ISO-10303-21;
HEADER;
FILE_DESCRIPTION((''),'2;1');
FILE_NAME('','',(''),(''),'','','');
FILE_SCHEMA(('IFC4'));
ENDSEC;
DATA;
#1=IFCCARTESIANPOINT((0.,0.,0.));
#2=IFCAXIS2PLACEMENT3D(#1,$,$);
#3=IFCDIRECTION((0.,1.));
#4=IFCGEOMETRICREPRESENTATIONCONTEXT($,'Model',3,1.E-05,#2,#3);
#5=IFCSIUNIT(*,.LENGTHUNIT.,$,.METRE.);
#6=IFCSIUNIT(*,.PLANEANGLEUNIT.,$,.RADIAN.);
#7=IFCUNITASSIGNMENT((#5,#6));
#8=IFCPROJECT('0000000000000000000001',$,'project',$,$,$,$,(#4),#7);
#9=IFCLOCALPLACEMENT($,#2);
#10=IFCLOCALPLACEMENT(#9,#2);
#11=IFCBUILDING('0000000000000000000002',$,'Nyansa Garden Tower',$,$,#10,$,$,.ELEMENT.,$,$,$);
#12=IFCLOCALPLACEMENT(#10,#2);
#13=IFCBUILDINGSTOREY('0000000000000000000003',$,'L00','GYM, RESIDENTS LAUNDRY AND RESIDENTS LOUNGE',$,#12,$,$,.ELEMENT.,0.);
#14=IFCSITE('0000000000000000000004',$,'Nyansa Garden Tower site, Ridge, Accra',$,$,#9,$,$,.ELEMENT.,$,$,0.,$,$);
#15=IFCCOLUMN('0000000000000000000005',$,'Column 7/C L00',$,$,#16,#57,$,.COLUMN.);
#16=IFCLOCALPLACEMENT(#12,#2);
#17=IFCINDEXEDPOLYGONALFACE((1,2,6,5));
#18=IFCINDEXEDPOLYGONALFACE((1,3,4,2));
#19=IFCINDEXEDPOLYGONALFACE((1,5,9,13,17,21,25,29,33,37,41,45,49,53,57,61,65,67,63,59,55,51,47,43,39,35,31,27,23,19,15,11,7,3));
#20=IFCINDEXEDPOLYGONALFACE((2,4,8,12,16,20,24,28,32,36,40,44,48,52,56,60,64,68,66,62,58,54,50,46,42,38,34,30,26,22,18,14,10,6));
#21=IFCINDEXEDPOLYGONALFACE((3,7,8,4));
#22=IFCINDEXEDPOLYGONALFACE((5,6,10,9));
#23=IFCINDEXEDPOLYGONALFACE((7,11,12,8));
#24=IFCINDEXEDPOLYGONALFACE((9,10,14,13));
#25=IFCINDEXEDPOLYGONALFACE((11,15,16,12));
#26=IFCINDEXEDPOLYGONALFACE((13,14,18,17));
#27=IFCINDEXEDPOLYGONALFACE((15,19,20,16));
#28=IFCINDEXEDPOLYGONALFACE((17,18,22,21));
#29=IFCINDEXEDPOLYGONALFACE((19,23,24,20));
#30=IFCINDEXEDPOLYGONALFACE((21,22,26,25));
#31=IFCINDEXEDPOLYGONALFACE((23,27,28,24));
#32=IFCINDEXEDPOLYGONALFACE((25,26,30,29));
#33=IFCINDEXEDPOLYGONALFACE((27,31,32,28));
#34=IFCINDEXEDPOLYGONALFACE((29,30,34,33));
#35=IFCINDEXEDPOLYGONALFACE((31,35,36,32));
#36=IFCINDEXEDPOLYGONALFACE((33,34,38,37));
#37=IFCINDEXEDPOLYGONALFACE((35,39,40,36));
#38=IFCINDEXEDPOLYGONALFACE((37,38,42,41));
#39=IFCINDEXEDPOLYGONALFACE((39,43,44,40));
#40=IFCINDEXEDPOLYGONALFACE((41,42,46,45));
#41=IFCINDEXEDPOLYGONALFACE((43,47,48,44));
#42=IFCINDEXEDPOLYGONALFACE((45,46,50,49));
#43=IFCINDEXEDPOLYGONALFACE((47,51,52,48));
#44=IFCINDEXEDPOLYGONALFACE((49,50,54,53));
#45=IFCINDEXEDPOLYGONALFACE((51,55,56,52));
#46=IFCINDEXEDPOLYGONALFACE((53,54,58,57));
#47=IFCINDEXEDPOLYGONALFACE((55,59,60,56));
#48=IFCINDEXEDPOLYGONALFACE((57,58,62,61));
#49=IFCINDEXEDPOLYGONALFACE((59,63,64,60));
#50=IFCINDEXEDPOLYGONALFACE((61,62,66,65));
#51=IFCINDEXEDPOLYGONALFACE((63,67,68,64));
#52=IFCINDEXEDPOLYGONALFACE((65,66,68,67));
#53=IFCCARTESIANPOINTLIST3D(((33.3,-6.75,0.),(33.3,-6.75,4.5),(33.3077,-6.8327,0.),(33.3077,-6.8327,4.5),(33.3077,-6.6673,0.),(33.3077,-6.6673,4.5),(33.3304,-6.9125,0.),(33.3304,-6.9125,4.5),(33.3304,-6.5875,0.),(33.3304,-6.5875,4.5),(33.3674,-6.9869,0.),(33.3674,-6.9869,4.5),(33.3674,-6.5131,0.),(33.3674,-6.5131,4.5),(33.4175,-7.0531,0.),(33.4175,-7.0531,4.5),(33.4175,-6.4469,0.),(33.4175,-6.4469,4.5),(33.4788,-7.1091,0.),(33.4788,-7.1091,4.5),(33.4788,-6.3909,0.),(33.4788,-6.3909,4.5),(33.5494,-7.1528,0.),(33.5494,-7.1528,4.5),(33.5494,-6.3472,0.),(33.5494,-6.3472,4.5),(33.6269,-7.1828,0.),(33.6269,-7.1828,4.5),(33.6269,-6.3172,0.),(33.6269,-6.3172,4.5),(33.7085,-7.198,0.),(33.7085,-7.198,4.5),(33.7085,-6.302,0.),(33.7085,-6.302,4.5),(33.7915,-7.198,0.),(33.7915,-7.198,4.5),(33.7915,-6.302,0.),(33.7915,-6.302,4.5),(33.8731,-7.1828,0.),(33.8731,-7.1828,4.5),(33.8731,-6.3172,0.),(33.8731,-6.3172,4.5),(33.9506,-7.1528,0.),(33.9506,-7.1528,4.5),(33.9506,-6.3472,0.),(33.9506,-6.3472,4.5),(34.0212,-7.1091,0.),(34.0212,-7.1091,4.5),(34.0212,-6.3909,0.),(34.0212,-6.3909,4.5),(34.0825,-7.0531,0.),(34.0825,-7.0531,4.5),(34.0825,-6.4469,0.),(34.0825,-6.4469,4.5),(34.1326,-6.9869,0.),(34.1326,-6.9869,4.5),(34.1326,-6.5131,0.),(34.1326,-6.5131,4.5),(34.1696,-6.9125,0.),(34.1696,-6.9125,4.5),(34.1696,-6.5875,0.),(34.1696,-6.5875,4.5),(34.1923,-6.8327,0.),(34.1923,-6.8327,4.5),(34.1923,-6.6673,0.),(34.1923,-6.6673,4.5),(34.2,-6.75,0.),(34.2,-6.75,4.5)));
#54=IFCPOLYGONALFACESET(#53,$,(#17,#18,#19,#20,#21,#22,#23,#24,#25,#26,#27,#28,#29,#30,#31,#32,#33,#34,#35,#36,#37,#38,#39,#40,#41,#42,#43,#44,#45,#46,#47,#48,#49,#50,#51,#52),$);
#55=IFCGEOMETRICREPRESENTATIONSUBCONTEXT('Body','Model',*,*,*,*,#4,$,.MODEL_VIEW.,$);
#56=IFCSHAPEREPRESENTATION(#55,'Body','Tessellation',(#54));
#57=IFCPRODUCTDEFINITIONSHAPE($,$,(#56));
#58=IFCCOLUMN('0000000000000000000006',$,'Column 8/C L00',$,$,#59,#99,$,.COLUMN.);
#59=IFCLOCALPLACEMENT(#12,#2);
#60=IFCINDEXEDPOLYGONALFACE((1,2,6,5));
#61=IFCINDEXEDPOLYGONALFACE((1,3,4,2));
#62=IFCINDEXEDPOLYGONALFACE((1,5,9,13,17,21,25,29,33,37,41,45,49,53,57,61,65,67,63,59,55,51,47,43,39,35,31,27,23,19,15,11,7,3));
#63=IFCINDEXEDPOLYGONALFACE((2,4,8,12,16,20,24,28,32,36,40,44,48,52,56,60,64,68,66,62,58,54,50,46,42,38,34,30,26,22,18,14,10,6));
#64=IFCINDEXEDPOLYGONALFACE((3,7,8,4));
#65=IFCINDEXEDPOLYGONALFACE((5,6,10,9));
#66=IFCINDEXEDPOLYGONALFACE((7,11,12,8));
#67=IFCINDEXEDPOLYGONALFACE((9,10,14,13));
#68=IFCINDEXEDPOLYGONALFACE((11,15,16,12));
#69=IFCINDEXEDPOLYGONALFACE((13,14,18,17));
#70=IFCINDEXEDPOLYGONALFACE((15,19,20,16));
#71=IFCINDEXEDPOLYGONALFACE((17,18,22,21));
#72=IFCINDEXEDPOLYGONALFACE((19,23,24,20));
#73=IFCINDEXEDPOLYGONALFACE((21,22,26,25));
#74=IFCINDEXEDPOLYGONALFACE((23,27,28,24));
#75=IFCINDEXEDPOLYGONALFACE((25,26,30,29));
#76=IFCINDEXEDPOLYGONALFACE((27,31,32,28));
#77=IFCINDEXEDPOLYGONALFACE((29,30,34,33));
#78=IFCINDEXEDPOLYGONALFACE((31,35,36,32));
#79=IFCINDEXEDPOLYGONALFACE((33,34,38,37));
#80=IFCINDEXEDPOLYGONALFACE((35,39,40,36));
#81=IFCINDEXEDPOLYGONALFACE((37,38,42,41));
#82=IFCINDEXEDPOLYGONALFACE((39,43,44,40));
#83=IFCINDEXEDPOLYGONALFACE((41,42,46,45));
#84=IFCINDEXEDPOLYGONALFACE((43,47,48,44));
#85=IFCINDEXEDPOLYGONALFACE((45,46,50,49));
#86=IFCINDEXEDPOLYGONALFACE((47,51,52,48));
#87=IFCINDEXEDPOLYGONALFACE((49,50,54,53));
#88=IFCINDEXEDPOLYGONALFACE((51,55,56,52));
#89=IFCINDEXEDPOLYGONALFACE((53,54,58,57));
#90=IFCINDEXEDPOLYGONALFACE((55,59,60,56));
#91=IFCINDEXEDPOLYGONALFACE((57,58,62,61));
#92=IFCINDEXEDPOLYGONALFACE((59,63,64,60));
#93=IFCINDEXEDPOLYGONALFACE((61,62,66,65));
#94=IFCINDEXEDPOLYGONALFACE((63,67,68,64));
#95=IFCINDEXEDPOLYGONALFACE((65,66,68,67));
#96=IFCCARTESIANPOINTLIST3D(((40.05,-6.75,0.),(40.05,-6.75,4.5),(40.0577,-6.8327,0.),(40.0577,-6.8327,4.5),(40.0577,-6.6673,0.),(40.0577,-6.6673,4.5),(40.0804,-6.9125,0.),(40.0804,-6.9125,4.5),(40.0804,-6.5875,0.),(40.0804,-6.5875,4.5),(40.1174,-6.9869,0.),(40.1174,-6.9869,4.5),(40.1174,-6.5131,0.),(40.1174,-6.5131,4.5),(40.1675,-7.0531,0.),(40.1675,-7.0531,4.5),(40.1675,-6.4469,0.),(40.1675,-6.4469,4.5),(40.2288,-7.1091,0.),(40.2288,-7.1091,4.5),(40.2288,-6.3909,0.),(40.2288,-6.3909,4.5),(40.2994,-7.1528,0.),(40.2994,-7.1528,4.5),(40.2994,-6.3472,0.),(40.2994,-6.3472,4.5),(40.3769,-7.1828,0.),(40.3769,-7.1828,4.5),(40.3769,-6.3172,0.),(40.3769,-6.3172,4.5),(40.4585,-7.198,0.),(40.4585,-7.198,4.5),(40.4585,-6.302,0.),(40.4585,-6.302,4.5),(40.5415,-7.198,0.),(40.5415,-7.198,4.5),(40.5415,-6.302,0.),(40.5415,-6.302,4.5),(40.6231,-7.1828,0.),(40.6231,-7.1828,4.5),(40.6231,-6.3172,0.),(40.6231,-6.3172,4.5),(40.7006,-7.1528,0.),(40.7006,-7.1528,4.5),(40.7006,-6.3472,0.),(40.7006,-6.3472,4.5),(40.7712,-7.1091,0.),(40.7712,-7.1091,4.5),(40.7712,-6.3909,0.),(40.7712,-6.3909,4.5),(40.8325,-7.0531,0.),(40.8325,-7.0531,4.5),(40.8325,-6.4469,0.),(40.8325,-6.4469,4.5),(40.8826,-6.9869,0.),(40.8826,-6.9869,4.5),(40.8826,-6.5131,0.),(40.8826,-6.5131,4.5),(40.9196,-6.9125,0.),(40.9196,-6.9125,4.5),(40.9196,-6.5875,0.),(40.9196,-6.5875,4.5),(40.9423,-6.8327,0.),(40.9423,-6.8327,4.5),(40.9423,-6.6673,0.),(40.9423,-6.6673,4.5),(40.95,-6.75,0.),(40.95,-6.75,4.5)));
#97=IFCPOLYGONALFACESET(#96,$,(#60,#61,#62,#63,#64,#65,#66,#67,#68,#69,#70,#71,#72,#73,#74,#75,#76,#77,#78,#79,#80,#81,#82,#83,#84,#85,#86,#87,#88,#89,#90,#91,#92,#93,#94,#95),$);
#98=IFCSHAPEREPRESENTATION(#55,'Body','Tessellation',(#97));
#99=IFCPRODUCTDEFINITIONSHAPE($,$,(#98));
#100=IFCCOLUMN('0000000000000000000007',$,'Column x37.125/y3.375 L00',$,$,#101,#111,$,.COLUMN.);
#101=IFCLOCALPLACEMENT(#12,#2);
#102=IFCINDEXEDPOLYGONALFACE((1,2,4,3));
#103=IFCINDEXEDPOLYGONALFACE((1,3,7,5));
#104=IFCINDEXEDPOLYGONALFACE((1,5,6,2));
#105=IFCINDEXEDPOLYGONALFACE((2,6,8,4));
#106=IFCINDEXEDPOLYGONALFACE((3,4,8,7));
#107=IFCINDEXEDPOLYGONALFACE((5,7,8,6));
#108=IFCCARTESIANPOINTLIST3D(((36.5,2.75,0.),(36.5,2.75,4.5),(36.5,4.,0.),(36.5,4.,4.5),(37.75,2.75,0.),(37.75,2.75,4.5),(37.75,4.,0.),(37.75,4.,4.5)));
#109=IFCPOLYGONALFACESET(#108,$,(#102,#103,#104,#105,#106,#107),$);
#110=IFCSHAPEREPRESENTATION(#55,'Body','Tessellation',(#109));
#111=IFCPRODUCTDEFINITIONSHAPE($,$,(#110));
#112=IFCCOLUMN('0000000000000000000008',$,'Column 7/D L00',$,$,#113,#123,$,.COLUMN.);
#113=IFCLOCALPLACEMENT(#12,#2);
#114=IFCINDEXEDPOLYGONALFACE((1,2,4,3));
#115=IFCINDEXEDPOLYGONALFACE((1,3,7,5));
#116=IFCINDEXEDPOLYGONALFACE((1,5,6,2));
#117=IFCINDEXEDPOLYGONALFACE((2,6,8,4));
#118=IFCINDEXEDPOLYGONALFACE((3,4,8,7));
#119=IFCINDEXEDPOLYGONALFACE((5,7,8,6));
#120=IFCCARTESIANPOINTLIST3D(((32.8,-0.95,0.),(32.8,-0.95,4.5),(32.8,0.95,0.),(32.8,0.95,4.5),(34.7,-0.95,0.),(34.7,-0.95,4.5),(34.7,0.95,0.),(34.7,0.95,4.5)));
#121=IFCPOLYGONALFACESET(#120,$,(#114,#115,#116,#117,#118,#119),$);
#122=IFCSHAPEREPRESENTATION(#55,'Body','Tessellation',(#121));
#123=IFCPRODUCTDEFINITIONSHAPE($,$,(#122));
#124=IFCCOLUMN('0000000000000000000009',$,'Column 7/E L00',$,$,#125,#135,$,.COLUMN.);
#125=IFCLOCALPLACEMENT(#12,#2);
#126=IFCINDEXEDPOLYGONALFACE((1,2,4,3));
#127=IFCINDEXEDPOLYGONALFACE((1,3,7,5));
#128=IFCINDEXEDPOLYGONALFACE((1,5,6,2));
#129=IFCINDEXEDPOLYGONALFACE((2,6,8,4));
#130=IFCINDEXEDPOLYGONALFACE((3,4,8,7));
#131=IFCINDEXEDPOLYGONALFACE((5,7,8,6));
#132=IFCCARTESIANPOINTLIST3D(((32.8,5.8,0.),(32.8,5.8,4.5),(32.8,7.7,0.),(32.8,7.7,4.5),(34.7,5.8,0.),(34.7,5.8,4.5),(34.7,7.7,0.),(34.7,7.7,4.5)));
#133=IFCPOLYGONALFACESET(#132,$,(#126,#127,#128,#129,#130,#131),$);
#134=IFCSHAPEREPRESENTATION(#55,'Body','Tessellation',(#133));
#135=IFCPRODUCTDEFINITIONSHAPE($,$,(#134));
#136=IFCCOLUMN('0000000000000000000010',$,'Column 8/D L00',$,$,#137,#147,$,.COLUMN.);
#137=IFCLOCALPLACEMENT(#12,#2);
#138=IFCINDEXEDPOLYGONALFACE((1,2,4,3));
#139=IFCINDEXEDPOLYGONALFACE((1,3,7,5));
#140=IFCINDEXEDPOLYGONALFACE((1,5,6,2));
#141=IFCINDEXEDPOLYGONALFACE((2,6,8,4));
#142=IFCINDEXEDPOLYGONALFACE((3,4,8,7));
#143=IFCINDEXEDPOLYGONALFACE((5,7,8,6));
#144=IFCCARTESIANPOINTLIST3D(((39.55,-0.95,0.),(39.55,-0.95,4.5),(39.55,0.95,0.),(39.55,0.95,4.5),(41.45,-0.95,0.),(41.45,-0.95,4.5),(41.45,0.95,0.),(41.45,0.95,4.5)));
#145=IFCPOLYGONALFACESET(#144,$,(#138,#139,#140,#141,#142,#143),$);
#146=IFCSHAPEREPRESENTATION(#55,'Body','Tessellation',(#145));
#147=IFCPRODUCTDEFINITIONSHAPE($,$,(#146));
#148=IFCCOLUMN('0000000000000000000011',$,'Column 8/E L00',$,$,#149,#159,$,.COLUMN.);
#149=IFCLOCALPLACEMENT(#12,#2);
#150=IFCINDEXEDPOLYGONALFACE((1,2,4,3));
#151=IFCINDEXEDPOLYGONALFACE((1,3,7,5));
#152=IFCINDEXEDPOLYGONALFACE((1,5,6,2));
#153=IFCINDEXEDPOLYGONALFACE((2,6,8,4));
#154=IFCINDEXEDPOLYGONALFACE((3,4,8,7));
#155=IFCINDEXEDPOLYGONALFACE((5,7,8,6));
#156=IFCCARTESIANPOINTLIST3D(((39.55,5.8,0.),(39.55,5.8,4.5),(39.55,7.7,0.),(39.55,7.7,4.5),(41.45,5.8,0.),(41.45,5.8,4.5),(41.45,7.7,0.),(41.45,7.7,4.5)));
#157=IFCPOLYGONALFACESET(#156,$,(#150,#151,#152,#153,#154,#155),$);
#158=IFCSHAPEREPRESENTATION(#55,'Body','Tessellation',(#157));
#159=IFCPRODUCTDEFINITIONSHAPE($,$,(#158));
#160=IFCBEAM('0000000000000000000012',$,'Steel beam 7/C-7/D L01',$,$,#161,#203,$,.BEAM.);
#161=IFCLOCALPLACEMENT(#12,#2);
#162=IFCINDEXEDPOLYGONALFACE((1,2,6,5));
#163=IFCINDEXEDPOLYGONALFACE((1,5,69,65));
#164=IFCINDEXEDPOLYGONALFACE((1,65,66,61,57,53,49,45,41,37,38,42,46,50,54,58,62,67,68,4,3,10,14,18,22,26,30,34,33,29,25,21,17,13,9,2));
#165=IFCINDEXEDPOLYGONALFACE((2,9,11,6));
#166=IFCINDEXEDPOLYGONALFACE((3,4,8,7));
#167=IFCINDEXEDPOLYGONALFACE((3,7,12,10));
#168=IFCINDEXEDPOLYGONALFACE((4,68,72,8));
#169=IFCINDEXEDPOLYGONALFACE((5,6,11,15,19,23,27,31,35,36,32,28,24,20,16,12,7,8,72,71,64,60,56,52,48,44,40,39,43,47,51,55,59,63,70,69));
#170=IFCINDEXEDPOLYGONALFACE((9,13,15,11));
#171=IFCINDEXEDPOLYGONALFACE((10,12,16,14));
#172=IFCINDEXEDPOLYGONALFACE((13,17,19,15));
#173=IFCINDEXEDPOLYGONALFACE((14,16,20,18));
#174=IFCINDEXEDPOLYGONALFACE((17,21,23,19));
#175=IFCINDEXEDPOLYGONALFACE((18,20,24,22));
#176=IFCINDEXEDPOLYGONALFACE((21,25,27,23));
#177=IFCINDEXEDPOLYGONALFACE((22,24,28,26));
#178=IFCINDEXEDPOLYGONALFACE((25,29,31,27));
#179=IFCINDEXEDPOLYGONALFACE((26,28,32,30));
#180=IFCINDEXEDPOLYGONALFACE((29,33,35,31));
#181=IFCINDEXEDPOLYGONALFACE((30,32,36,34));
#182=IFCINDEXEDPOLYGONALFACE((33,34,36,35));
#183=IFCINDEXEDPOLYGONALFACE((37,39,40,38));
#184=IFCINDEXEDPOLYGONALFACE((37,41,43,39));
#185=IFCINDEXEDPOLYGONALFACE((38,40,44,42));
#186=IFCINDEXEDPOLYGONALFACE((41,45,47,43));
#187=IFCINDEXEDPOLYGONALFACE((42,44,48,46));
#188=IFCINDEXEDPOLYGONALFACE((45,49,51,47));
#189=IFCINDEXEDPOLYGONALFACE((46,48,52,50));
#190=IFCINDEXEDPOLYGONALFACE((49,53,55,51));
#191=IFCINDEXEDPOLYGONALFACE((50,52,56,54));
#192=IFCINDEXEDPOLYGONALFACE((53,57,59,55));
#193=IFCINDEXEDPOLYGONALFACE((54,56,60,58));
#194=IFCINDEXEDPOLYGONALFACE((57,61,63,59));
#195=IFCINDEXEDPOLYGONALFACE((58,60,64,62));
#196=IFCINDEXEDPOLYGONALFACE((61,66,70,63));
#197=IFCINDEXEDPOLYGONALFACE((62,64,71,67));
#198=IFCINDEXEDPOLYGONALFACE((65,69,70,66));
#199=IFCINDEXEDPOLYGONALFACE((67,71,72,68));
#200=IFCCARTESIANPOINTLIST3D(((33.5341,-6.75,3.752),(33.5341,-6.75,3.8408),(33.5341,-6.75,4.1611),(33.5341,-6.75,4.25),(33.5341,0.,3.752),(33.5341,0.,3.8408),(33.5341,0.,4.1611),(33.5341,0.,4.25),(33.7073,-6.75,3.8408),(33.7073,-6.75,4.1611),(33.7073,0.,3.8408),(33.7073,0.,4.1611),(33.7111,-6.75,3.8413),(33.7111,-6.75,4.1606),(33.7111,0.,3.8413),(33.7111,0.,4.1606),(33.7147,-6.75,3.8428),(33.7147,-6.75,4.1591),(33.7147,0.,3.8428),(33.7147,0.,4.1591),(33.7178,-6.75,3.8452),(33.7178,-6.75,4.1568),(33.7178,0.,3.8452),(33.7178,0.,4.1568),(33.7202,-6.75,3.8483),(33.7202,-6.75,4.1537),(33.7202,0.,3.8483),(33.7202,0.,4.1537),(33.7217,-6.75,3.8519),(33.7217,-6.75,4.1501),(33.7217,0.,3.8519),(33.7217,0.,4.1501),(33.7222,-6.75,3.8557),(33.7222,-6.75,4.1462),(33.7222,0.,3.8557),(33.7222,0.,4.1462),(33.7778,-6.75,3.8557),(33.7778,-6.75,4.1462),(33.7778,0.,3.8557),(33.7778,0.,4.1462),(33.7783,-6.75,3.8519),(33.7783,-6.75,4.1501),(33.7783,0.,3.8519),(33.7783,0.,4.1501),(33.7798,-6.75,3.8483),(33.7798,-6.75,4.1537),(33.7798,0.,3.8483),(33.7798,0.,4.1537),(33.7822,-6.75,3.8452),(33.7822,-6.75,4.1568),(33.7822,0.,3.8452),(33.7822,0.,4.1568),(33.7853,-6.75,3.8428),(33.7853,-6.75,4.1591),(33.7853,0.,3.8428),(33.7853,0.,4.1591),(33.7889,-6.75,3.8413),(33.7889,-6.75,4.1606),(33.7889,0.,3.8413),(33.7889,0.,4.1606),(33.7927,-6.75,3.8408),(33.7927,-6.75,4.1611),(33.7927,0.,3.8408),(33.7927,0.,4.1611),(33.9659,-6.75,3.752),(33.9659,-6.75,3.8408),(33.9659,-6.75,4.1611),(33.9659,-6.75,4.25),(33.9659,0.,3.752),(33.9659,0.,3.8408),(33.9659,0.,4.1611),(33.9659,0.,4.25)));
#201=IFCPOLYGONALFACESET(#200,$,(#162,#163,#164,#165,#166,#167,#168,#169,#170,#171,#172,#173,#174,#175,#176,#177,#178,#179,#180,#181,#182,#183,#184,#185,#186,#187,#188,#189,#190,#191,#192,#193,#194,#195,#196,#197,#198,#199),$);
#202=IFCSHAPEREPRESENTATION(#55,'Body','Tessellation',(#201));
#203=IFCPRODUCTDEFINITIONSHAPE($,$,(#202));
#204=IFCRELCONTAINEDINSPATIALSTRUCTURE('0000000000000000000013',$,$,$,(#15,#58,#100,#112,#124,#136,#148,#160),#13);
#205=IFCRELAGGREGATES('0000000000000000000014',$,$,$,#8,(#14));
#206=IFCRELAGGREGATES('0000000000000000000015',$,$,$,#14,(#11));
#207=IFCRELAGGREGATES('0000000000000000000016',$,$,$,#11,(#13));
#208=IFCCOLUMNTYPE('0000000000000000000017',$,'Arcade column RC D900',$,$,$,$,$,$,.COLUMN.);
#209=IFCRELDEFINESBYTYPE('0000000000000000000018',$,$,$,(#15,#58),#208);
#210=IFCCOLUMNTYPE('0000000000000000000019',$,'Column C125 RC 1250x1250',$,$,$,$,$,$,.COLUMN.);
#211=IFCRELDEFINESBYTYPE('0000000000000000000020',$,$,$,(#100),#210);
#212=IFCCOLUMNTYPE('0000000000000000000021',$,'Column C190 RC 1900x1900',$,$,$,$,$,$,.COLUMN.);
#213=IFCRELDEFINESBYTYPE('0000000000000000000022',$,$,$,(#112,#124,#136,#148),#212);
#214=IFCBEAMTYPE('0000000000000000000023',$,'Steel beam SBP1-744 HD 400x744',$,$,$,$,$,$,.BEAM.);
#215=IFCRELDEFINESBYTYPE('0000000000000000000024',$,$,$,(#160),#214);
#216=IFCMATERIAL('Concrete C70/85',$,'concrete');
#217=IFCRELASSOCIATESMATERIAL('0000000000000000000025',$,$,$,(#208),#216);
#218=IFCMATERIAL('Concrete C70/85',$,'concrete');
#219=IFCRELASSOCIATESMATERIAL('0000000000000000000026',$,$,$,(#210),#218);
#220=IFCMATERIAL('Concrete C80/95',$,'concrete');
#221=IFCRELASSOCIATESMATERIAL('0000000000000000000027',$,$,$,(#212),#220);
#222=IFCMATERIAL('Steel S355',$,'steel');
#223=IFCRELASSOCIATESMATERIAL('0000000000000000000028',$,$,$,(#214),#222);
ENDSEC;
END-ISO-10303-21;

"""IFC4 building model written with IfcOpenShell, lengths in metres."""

from ifc_helpers import new_model, si_unit, direction, frame, origin, origin_2d, place, context, subcontext, project, spatial, rectangle, circle, i_section, extrude, material, material_profile, profile_set, type_object, element, save


model = new_model("IFC4")

# Units and contexts
model_context = context("Model", 3, precision=1e-05, world=origin(), true_north=direction((0.0, 1.0)))
body_context = subcontext(model_context, "Body", "Model", "MODEL_VIEW")
ifc_project = project(units=[si_unit("LENGTHUNIT", "METRE"), si_unit("PLANEANGLEUNIT", "RADIAN")], contexts=[model_context])

# Site, building, storey
site_placement = place(None, origin())
site = spatial("IfcSite", under=ifc_project, at=site_placement, Name="Nyansa Garden Tower site, Ridge, Accra", CompositionType="ELEMENT", RefElevation=0.0)
building_placement = place(site_placement, origin())
building = spatial("IfcBuilding", under=site, at=building_placement, Name="Nyansa Garden Tower", CompositionType="ELEMENT")
storey_placement = place(building_placement, origin())
storey = spatial("IfcBuildingStorey", under=building, at=storey_placement, Name="L00", Description="GYM, RESIDENTS LAUNDRY AND RESIDENTS LOUNGE", CompositionType="ELEMENT", Elevation=0.0)

# Columns
ifc_material_1 = material(Name="Concrete C70/85", Category="concrete")
ifc_material_profile_1 = material_profile(ifc_material_1, circle(Radius=0.45, at=origin_2d()), Name="RC D900")
ifc_profile_set_1 = profile_set([ifc_material_profile_1], Name="Concrete C70/85")
column_type_1 = type_object("IfcColumnType", Name="Arcade column RC D900", PredefinedType="COLUMN", material=ifc_profile_set_1)
for number, where, z_axis, x_axis, name in (
    (1, (33.75, -6.75, 0.0), (0.0, 0.0, 1.0), (1.0, 0.0, 0.0), "Column 7/C L00"),
    (2, (40.5, -6.75, 0.0), (0.0, 0.0, 1.0), (1.0, 0.0, 0.0), "Column 8/C L00"),
):
    element("IfcColumn", number, at=place(storey_placement, frame(where, z_axis=z_axis, x_axis=x_axis)), inside=storey, type_object=column_type_1, Name=name, PredefinedType="COLUMN", context=body_context, shape_type="SweptSolid", body=[
        extrude(circle(Radius=0.45, at=origin_2d()), origin(), (0.0, 0.0, 1.0), 4.5),
    ])
ifc_material_2 = material(Name="Concrete C70/85", Category="concrete")
ifc_material_profile_2 = material_profile(ifc_material_2, rectangle(XDim=1.25, YDim=1.25, at=origin_2d()), Name="RC 1250x1250")
ifc_profile_set_2 = profile_set([ifc_material_profile_2], Name="Concrete C70/85")
column_type_2 = type_object("IfcColumnType", Name="Column C125 RC 1250x1250", PredefinedType="COLUMN", material=ifc_profile_set_2)
column_placement = place(storey_placement, frame((37.125, 3.375, 0.0), z_axis=(0.0, 0.0, 1.0), x_axis=(1.0, 0.0, 0.0)))
element("IfcColumn", 3, at=column_placement, inside=storey, type_object=column_type_2, Name="Column x37.125/y3.375 L00", PredefinedType="COLUMN", context=body_context, shape_type="SweptSolid", body=[
    extrude(rectangle(XDim=1.25, YDim=1.25, at=origin_2d()), origin(), (0.0, 0.0, 1.0), 4.5),
])
ifc_material_3 = material(Name="Concrete C80/95", Category="concrete")
ifc_material_profile_3 = material_profile(ifc_material_3, rectangle(XDim=1.8999, YDim=1.8999, at=origin_2d()), Name="RC 1900x1900")
ifc_profile_set_3 = profile_set([ifc_material_profile_3], Name="Concrete C80/95")
column_type_3 = type_object("IfcColumnType", Name="Column C190 RC 1900x1900", PredefinedType="COLUMN", material=ifc_profile_set_3)
for number, where, z_axis, x_axis, name in (
    (4, (33.75, 0.0, 0.0), (0.0, 0.0, 1.0), (1.0, 0.0, 0.0), "Column 7/D L00"),
    (5, (33.75, 6.75, 0.0), (0.0, 0.0, 1.0), (1.0, 0.0, 0.0), "Column 7/E L00"),
    (6, (40.5, 0.0, 0.0), (0.0, 0.0, 1.0), (1.0, 0.0, 0.0), "Column 8/D L00"),
    (7, (40.5, 6.75, 0.0), (0.0, 0.0, 1.0), (1.0, 0.0, 0.0), "Column 8/E L00"),
):
    element("IfcColumn", number, at=place(storey_placement, frame(where, z_axis=z_axis, x_axis=x_axis)), inside=storey, type_object=column_type_3, Name=name, PredefinedType="COLUMN", context=body_context, shape_type="SweptSolid", body=[
        extrude(rectangle(XDim=1.8999, YDim=1.8999, at=origin_2d()), origin(), (0.0, 0.0, 1.0), 4.5),
    ])

# Beam
ifc_material_4 = material(Name="Steel S355", Category="steel")
ifc_material_profile_4 = material_profile(ifc_material_4, i_section(OverallWidth=0.4319, OverallDepth=0.498, WebThickness=0.0557, FlangeThickness=0.0889, FilletRadius=0.0149, at=origin_2d()), Name="HD 400x744")
ifc_profile_set_4 = profile_set([ifc_material_profile_4], Name="Steel S355")
beam_type = type_object("IfcBeamType", Name="Steel beam SBP1-744 HD 400x744", PredefinedType="BEAM", material=ifc_profile_set_4)
for number, where, z_axis, x_axis, name in (
    (8, (33.75, -6.75, 4.001), (0.0, 1.0, 0.0), (-1.0, 0.0, 0.0), "Steel beam 7/C-7/D L01"),
):
    element("IfcBeam", number, at=place(storey_placement, frame(where, z_axis=z_axis, x_axis=x_axis)), inside=storey, type_object=beam_type, Name=name, PredefinedType="BEAM", context=body_context, shape_type="SweptSolid", body=[
        extrude(i_section(OverallWidth=0.4319, OverallDepth=0.498, WebThickness=0.0557, FlangeThickness=0.0889, FilletRadius=0.0149, at=origin_2d()), origin(), (0.0, 0.0, 1.0), 6.75),
    ])

save(model, "model.ifc")
